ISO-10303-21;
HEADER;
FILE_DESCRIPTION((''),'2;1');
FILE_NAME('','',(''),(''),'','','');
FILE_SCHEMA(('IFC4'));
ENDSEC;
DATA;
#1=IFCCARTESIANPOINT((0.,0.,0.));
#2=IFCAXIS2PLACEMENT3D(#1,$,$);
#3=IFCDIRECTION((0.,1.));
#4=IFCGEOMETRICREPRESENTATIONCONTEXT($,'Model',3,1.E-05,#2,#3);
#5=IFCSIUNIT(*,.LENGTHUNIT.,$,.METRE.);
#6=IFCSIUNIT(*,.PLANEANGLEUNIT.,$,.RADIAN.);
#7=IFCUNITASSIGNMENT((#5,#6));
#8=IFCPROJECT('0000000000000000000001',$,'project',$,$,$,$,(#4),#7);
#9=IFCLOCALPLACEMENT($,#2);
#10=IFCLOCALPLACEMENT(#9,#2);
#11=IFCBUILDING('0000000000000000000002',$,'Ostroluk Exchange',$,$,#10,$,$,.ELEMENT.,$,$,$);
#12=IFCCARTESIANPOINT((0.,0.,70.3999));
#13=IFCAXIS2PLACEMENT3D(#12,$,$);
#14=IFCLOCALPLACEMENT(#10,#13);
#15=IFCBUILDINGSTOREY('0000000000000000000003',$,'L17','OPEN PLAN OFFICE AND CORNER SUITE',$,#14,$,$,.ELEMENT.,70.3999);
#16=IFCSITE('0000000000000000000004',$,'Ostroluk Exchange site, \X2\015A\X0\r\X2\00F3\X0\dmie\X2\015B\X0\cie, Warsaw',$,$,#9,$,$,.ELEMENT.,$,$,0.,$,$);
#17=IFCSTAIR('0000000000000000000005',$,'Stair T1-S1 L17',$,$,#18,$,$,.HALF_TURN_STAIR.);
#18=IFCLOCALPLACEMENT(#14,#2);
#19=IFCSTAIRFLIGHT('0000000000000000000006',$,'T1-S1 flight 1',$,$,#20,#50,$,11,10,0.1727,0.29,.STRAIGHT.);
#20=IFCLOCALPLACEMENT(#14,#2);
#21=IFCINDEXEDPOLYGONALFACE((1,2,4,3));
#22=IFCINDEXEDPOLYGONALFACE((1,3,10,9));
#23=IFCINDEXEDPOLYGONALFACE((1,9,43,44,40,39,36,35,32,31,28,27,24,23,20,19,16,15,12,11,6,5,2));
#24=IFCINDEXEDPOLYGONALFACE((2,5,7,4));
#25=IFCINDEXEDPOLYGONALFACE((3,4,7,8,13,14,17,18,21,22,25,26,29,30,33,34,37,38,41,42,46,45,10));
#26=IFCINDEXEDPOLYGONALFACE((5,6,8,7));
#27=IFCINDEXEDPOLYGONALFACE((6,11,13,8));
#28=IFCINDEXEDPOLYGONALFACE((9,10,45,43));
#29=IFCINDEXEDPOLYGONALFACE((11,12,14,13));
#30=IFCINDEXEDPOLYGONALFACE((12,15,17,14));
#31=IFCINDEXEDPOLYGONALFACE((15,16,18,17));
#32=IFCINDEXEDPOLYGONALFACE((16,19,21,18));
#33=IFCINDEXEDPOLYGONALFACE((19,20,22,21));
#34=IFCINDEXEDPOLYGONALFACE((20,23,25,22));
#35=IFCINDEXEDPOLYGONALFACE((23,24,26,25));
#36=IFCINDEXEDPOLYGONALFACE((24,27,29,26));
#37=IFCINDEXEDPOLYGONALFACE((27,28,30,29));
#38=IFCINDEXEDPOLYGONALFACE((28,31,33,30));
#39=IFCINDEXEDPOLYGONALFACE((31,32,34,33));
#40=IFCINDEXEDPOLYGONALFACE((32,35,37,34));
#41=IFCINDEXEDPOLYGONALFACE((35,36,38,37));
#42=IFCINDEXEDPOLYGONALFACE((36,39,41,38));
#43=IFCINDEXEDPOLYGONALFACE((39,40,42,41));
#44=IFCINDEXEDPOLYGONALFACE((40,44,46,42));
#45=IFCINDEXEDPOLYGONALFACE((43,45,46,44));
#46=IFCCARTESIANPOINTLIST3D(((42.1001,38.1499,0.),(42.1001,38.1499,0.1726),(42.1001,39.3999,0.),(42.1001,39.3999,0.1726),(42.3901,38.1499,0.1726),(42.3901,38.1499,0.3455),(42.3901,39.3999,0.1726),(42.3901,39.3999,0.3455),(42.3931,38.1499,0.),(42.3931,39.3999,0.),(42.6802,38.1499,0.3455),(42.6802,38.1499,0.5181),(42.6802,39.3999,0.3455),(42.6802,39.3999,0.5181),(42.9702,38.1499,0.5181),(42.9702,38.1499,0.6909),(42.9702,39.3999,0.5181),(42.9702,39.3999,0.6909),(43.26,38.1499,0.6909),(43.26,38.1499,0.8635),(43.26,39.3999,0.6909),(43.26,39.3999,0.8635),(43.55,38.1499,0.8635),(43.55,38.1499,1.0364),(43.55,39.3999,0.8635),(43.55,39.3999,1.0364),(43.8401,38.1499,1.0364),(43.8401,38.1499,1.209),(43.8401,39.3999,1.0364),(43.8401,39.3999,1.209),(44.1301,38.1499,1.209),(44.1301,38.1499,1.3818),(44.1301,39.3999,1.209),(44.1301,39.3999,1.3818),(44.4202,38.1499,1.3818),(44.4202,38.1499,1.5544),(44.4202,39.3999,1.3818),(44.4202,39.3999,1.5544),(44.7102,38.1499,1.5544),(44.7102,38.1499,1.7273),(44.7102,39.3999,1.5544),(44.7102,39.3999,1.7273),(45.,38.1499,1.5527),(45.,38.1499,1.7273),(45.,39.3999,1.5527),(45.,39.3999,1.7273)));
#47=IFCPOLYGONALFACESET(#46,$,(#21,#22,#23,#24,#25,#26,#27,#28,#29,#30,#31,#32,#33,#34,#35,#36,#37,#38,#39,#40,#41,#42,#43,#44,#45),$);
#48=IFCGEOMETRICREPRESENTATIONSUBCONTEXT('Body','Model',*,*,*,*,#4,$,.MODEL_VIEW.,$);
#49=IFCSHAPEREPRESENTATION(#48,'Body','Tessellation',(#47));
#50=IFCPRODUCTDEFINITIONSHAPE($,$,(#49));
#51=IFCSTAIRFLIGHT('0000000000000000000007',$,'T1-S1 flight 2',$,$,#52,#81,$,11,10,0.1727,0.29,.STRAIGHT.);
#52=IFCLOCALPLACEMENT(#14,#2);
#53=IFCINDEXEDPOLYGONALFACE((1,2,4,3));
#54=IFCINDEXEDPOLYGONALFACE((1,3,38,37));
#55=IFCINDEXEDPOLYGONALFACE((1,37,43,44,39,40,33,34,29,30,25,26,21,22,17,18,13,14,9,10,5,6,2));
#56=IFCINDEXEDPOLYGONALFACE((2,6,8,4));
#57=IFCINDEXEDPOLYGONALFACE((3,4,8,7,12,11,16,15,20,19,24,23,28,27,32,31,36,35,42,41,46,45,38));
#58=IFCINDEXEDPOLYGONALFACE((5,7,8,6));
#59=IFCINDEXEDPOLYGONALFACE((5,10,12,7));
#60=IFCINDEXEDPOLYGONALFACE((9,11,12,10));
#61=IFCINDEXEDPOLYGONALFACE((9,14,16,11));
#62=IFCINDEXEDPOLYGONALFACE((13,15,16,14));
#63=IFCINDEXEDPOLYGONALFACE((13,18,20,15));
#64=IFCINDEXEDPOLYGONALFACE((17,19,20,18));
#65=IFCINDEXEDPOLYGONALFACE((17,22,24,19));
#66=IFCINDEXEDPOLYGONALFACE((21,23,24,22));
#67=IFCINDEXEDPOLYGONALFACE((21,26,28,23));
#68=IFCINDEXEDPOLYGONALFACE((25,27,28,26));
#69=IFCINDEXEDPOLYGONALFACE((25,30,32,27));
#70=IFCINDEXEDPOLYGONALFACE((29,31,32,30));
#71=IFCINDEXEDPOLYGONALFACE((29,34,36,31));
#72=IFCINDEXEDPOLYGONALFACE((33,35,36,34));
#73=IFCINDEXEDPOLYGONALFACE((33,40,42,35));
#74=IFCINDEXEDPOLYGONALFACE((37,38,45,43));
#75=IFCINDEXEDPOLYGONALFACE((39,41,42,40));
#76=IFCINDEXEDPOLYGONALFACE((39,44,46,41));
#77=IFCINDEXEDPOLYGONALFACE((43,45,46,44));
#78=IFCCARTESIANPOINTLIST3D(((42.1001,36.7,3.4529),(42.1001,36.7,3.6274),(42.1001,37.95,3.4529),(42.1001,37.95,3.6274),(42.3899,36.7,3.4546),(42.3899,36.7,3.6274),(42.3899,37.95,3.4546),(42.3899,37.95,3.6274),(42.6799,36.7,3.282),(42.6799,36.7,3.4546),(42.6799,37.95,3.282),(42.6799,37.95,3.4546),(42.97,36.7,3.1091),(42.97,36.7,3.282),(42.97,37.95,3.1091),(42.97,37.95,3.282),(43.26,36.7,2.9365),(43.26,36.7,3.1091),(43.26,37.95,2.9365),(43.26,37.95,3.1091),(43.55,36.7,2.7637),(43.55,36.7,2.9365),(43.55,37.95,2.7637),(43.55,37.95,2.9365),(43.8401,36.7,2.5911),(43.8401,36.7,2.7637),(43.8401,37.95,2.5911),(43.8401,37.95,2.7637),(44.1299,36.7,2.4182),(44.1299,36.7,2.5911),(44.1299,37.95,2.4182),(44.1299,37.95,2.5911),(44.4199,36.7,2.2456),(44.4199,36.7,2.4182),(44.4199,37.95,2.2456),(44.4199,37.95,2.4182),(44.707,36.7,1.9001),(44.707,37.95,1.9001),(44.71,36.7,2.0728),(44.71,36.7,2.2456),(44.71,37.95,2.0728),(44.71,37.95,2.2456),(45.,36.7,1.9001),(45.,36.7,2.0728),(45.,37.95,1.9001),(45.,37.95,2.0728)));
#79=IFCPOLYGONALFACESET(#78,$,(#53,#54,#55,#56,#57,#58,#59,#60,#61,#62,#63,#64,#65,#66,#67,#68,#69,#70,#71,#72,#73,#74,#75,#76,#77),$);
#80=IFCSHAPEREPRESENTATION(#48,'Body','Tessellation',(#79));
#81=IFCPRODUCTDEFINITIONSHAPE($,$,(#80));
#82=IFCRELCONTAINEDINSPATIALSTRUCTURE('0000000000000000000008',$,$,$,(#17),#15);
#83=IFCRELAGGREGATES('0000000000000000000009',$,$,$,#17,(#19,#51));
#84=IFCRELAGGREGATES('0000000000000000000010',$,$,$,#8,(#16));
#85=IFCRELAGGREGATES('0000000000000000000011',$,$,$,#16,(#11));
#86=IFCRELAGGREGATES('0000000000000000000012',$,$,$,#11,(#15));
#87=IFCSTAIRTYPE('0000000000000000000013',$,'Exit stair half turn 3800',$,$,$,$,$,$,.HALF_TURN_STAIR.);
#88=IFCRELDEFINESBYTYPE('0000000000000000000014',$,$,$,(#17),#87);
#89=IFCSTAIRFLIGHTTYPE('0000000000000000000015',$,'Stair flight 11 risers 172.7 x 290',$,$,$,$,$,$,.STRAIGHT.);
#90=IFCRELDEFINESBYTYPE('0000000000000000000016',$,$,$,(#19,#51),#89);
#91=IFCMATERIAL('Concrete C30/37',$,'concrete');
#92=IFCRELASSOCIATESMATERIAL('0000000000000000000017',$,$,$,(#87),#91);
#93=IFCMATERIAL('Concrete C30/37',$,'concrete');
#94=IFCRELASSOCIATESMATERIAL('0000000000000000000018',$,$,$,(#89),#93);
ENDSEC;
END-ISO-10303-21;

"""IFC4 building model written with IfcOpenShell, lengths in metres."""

from ifc_helpers import new_model, si_unit, direction, frame, origin, place, context, subcontext, project, spatial, polyline, outline, extrude, material, type_object, element, aggregate, save


model = new_model("IFC4")

# Units and contexts
model_context = context("Model", 3, precision=1e-05, world=origin(), true_north=direction((0.0, 1.0)))
body_context = subcontext(model_context, "Body", "Model", "MODEL_VIEW")
ifc_project = project(units=[si_unit("LENGTHUNIT", "METRE"), si_unit("PLANEANGLEUNIT", "RADIAN")], contexts=[model_context])

# Site, building, storey
site_placement = place(None, origin())
site = spatial("IfcSite", under=ifc_project, at=site_placement, Name="Ostroluk Exchange site, Śródmieście, Warsaw", CompositionType="ELEMENT", RefElevation=0.0)
building_placement = place(site_placement, origin())
building = spatial("IfcBuilding", under=site, at=building_placement, Name="Ostroluk Exchange", CompositionType="ELEMENT")
storey_placement = place(building_placement, frame((0.0, 0.0, 70.3999)))
storey = spatial("IfcBuildingStorey", under=building, at=storey_placement, Name="L17", Description="OPEN PLAN OFFICE AND CORNER SUITE", CompositionType="ELEMENT", Elevation=70.3999)

# Stair, stair flights
ifc_material_1 = material(Name="Concrete C30/37", Category="concrete")
stair_type = type_object("IfcStairType", Name="Exit stair half turn 3800", PredefinedType="HALF_TURN_STAIR", material=ifc_material_1)
stair_placement = place(storey_placement, origin())
stair = element("IfcStair", 1, at=stair_placement, inside=storey, type_object=stair_type, Name="Stair T1-S1 L17", PredefinedType="HALF_TURN_STAIR")
ifc_material_2 = material(Name="Concrete C30/37", Category="concrete")
stair_flight_type = type_object("IfcStairFlightType", Name="Stair flight 11 risers 172.7 x 290", PredefinedType="STRAIGHT", material=ifc_material_2)
stair_flight_1_placement = place(storey_placement, frame((42.1001, 38.7749, 0.0), z_axis=(0.0, 0.0, 1.0), x_axis=(1.0, 0.0, 0.0)))
stair_flight_1 = element("IfcStairFlight", 2, at=stair_flight_1_placement, type_object=stair_flight_type, Name="T1-S1 flight 1", NumberOfRisers=11, NumberOfTreads=10, PredefinedType="STRAIGHT", RiserHeight=0.1727, TreadLength=0.29, context=body_context, shape_type="SweptSolid", body=[
    extrude(outline(polyline([(0.0, 0.0), (0.0, 0.1726), (0.29, 0.1726), (0.29, 0.3455), (0.5801, 0.3455), (0.5801, 0.5181), (0.8701, 0.5181), (0.8701, 0.6909), (1.1599, 0.6909), (1.1599, 0.8635), (1.45, 0.8635), (1.45, 1.0364), (1.74, 1.0364), (1.74, 1.209), (2.03, 1.209), (2.03, 1.3818), (2.3201, 1.3818), (2.3201, 1.5544), (2.6101, 1.5544), (2.6101, 1.7273), (2.8999, 1.7273), (2.8999, 1.8999), (2.8999, 1.5527), (0.293, 0.0), (0.0, 0.0)])), frame((0.0, 0.625, 0.0), z_axis=(0.0, -1.0, 0.0), x_axis=(1.0, 0.0, 0.0)), (0.0, 0.0, 1.0), 1.25),
])
stair_flight_2_placement = place(storey_placement, frame((45.0, 37.325, 1.9001), z_axis=(0.0, 0.0, 1.0), x_axis=(-1.0, 0.0, 0.0)))
stair_flight_2 = element("IfcStairFlight", 3, at=stair_flight_2_placement, type_object=stair_flight_type, Name="T1-S1 flight 2", NumberOfRisers=11, NumberOfTreads=10, PredefinedType="STRAIGHT", RiserHeight=0.1727, TreadLength=0.29, context=body_context, shape_type="SweptSolid", body=[
    extrude(outline(polyline([(0.0, 0.0), (0.0, 0.1726), (0.29, 0.1726), (0.29, 0.3455), (0.5801, 0.3455), (0.5801, 0.5181), (0.8701, 0.5181), (0.8701, 0.6909), (1.1599, 0.6909), (1.1599, 0.8635), (1.45, 0.8635), (1.45, 1.0364), (1.74, 1.0364), (1.74, 1.209), (2.03, 1.209), (2.03, 1.3818), (2.3201, 1.3818), (2.3201, 1.5544), (2.6101, 1.5544), (2.6101, 1.7273), (2.8999, 1.7273), (2.8999, 1.8999), (2.8999, 1.5527), (0.293, 0.0), (0.0, 0.0)])), frame((0.0, 0.625, 0.0), z_axis=(0.0, -1.0, 0.0), x_axis=(1.0, 0.0, 0.0)), (0.0, 0.0, 1.0), 1.25),
])
aggregate(stair, [stair_flight_1, stair_flight_2])

save(model, "model.ifc")
